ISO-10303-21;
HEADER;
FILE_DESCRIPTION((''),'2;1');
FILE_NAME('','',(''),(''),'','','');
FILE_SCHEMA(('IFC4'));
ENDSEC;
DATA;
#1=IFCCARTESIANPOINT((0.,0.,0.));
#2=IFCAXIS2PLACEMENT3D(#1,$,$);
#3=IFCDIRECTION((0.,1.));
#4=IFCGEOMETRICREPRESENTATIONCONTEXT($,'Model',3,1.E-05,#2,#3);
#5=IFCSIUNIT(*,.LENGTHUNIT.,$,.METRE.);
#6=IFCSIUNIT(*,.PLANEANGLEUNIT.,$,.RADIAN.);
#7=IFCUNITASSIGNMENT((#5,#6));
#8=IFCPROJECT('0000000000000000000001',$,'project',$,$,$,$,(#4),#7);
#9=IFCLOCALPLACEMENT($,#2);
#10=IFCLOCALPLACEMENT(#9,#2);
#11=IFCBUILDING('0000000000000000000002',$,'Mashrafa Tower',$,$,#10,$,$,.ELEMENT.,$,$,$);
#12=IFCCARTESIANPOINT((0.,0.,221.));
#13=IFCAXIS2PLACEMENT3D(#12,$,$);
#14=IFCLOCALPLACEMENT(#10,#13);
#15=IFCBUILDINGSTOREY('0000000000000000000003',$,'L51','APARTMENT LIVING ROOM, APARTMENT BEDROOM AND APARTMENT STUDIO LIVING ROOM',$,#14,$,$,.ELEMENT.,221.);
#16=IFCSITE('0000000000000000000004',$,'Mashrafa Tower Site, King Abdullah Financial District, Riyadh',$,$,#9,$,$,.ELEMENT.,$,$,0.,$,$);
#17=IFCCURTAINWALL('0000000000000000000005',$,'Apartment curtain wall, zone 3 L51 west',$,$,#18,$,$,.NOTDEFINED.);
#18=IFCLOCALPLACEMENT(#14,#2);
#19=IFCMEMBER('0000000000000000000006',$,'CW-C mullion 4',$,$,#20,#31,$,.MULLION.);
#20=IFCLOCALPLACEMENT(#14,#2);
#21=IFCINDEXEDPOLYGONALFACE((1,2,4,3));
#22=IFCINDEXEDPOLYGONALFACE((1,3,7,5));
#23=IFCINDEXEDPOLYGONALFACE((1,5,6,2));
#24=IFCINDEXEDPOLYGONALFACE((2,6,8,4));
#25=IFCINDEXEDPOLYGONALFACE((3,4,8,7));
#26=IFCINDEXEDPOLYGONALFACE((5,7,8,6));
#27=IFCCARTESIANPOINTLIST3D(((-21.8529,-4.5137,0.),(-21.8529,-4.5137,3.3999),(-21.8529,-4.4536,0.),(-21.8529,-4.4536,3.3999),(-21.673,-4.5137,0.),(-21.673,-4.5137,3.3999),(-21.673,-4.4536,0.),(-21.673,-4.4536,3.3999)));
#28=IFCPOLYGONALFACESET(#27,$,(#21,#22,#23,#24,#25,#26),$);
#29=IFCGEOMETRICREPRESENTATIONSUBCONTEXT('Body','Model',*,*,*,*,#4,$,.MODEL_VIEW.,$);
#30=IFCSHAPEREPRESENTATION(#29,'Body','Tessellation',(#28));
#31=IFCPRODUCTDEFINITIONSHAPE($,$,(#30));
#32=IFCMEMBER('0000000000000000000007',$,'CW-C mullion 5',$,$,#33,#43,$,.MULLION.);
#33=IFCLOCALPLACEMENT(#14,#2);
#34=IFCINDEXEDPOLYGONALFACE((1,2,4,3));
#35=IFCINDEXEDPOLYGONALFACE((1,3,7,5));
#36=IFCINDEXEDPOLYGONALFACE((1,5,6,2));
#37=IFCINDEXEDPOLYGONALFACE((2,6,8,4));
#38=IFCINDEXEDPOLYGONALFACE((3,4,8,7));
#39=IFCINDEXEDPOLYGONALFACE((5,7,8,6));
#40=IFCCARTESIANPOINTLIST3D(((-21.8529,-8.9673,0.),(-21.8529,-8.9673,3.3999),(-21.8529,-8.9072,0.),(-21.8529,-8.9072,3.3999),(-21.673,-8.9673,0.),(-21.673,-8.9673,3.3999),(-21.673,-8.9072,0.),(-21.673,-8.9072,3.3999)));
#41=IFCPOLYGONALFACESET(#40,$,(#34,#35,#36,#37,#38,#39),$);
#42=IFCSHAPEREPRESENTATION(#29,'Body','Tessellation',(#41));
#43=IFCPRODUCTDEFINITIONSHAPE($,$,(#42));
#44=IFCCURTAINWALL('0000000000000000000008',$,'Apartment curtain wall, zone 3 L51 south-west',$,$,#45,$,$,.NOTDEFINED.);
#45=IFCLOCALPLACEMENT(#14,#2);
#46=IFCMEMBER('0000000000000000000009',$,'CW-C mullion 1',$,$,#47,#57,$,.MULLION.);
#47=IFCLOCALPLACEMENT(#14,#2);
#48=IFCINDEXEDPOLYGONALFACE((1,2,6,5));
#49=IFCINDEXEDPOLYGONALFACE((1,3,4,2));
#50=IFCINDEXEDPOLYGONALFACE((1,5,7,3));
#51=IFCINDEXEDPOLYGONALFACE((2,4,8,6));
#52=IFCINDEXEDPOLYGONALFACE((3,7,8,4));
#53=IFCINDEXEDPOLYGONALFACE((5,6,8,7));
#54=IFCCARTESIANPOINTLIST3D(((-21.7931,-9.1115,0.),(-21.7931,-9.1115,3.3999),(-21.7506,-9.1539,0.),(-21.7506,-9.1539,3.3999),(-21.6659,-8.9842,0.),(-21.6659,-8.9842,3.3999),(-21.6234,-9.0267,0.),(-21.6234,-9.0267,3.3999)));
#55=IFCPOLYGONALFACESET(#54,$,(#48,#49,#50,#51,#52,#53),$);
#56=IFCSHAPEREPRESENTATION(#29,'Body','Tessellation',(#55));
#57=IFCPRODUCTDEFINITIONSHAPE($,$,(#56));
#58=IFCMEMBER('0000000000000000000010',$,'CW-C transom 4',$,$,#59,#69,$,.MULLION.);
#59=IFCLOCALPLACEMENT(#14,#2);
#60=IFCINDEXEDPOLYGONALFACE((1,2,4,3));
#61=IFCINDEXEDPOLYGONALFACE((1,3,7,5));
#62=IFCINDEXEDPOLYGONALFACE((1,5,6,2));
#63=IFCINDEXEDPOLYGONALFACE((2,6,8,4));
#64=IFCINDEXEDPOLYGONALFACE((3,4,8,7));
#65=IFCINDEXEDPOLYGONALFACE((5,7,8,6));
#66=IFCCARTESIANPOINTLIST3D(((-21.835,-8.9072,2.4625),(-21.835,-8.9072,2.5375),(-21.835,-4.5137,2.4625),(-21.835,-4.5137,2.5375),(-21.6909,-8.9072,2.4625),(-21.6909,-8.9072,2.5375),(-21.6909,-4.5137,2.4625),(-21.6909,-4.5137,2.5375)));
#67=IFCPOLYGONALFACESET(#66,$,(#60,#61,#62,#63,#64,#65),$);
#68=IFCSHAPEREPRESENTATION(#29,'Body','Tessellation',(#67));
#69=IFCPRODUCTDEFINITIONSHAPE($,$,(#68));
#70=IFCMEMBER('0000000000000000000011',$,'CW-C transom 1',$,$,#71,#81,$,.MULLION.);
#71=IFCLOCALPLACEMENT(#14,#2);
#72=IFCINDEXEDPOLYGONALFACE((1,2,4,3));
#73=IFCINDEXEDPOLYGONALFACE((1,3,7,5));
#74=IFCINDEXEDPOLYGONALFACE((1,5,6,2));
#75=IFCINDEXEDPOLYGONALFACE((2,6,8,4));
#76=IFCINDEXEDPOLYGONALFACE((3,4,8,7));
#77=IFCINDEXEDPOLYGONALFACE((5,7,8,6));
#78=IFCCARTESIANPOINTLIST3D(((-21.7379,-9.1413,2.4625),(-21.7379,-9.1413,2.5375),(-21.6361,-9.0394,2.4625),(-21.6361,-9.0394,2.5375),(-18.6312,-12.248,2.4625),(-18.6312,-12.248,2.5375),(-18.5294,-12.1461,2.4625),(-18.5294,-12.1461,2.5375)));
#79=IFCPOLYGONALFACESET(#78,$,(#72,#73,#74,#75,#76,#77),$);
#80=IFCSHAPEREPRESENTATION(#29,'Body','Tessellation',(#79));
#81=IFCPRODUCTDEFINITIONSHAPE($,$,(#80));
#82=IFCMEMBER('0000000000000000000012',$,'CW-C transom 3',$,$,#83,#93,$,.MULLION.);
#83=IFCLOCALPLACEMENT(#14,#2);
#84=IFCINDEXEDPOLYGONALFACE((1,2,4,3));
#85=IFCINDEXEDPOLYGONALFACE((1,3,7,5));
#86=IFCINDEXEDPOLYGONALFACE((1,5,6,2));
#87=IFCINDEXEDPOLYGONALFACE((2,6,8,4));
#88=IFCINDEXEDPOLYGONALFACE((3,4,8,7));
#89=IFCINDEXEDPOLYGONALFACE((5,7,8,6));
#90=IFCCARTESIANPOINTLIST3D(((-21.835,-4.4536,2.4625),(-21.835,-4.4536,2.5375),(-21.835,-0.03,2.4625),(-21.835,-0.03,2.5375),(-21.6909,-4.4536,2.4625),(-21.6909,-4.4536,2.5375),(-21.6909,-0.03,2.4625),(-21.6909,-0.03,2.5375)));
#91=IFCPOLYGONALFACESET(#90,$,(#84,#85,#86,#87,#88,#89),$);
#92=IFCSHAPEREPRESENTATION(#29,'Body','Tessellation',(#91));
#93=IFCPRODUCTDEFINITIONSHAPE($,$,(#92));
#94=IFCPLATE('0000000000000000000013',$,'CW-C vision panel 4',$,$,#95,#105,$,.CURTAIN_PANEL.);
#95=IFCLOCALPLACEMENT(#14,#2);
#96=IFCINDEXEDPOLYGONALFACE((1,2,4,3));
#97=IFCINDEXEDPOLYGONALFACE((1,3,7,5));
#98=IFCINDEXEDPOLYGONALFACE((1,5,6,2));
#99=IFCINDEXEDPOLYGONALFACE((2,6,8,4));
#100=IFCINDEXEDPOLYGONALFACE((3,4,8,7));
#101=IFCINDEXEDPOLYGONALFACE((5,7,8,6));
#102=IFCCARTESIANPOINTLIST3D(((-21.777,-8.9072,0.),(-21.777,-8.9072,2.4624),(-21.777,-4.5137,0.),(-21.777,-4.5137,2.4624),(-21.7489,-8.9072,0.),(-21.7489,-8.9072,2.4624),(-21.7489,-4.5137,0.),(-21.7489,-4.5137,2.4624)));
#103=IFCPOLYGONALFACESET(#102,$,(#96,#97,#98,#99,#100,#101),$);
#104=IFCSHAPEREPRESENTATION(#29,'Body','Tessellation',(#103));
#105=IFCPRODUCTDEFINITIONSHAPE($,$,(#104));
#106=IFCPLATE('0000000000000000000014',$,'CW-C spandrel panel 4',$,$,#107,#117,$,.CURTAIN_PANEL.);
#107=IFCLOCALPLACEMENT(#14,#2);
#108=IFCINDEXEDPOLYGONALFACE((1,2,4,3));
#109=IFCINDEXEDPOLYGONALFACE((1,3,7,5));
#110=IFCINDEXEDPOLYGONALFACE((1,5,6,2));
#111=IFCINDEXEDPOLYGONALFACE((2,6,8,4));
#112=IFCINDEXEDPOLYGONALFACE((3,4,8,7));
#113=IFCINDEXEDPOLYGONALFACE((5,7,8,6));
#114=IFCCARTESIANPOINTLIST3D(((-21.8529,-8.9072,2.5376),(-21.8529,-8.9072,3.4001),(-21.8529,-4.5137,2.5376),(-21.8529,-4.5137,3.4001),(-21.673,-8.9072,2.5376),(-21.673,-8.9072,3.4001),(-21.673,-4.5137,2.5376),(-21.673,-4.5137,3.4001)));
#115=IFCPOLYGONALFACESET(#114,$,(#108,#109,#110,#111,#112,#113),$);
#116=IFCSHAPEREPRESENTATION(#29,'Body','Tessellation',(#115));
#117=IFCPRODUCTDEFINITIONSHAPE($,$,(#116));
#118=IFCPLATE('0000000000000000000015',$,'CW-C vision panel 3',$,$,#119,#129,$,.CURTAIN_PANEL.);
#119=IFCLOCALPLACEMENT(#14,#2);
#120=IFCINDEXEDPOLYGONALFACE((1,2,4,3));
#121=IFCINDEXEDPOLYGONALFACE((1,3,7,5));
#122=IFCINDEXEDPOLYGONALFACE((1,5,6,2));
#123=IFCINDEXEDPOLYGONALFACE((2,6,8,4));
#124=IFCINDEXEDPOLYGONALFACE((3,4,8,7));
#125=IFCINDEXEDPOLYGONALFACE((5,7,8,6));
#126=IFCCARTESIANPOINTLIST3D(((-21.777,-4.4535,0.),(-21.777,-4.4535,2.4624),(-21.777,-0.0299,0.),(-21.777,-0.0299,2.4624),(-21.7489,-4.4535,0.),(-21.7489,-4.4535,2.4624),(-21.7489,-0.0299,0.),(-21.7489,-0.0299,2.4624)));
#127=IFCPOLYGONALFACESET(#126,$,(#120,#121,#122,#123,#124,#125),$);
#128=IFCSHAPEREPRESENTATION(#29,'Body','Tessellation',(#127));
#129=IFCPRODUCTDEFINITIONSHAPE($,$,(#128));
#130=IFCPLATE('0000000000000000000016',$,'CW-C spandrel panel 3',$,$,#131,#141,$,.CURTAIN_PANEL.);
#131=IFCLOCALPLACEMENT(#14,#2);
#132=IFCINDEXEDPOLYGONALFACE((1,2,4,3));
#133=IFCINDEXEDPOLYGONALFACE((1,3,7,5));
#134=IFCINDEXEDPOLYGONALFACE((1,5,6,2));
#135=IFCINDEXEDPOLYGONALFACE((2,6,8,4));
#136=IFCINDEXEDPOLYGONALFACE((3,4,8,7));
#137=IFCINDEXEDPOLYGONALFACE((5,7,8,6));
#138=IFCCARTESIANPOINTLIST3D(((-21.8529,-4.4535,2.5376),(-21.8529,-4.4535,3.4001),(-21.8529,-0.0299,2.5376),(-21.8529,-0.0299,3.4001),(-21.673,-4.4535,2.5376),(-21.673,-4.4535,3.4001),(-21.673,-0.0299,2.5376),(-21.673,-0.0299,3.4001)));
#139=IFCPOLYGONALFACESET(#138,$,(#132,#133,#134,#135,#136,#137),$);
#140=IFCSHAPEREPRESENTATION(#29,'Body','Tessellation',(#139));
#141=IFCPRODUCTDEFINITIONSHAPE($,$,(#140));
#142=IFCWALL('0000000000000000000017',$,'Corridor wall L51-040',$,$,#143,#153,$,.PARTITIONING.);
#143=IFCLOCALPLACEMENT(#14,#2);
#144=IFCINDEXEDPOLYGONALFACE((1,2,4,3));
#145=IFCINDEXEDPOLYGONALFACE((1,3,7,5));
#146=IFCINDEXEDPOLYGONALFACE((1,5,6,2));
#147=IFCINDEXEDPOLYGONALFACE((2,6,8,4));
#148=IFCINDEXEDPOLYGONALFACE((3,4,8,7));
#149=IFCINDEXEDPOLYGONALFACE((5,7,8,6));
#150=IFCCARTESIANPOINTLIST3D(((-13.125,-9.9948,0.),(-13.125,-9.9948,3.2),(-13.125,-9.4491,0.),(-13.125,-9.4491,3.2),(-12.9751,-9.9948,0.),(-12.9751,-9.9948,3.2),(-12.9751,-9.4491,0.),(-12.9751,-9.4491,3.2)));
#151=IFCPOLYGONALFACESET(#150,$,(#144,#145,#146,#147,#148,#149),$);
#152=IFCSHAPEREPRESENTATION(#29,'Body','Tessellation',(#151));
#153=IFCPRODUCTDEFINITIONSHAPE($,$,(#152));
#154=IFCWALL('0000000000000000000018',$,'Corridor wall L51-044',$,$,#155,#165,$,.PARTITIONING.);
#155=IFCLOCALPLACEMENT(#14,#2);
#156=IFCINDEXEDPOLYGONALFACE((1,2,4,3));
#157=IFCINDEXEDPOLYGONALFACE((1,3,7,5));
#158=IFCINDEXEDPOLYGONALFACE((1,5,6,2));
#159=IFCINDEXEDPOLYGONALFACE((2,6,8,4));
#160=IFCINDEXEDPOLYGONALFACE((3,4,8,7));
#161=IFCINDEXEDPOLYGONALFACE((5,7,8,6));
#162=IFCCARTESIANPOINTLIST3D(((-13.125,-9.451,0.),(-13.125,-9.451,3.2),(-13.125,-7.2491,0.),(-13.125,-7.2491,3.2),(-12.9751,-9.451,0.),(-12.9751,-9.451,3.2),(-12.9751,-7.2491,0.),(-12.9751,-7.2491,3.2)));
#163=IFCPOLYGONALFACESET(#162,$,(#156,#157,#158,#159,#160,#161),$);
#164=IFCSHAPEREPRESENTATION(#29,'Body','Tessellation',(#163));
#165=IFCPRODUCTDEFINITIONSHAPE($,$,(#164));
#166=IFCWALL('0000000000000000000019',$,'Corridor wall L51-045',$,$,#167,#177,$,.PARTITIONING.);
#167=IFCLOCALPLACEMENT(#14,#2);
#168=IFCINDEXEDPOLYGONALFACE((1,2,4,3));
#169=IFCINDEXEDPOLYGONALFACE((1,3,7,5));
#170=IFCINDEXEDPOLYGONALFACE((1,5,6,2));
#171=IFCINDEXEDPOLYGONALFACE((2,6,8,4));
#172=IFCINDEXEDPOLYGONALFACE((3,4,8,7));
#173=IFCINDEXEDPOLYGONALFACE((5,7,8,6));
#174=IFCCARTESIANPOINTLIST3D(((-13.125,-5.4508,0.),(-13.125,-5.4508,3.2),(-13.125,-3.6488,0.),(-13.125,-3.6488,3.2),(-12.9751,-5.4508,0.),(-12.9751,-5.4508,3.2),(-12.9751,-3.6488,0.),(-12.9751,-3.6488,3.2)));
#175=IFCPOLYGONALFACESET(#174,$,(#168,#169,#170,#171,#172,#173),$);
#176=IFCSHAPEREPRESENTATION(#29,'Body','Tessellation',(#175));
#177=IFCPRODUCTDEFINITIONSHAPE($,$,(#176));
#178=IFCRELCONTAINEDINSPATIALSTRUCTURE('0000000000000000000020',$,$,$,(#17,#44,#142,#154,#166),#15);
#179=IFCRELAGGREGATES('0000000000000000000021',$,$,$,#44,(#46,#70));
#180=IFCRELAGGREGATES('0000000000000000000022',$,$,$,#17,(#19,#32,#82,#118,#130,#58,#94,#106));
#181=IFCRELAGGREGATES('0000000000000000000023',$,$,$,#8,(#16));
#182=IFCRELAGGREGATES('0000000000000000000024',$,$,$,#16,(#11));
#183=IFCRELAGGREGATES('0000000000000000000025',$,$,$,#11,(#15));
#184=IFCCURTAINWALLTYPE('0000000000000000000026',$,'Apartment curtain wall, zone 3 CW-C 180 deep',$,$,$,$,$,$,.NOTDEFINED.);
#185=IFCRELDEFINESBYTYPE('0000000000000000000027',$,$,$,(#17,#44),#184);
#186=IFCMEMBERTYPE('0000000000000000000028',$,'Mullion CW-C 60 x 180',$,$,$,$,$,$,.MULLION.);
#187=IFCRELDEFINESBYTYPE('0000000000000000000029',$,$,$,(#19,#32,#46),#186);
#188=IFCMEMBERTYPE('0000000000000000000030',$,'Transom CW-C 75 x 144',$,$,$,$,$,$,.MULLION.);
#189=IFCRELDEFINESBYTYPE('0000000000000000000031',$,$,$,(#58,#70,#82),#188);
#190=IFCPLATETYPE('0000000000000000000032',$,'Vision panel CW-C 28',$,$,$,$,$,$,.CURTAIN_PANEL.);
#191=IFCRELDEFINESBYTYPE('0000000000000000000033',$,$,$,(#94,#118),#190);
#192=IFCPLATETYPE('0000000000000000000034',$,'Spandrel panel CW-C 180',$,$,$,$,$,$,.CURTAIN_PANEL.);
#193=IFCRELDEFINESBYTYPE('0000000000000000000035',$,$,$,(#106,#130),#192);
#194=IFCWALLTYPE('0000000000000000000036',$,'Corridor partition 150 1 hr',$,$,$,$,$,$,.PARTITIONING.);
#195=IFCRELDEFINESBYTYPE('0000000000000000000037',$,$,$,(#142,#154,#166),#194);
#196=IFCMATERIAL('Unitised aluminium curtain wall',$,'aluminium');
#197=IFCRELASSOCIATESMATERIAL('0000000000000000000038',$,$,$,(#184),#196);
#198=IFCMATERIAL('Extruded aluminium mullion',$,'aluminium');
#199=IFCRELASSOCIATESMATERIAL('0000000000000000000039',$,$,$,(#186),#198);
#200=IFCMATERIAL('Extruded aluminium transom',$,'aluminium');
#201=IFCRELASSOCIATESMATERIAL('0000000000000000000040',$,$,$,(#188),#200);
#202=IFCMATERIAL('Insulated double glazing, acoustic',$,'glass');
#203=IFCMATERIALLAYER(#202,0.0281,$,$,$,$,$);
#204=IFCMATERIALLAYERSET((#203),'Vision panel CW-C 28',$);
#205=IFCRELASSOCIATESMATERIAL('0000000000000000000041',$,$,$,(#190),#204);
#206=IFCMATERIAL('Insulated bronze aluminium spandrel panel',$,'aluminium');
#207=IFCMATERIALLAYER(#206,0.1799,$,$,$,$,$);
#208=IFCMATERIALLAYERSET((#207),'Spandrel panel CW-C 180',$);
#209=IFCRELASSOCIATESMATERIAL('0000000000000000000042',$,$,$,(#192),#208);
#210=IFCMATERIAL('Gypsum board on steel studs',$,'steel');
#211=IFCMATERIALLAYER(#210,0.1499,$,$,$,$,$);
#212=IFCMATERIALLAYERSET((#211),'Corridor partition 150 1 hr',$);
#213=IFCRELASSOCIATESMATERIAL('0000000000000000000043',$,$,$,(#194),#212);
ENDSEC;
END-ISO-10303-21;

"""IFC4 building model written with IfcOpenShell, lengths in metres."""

from ifc_helpers import new_model, si_unit, direction, frame, frame_2d, origin, origin_2d, place, context, subcontext, project, spatial, rectangle, extrude, source, transform, mapped, material, layer, layer_set, material_profile, profile_set, type_object, type_shapes, element, aggregate, save


model = new_model("IFC4")

# Units and contexts
model_context = context("Model", 3, precision=1e-05, world=origin(), true_north=direction((0.0, 1.0)))
body_context = subcontext(model_context, "Body", "Model", "MODEL_VIEW")
ifc_project = project(units=[si_unit("LENGTHUNIT", "METRE"), si_unit("PLANEANGLEUNIT", "RADIAN")], contexts=[model_context])

# Site, building, storey
site_placement = place(None, origin())
site = spatial("IfcSite", under=ifc_project, at=site_placement, Name="Mashrafa Tower Site, King Abdullah Financial District, Riyadh", CompositionType="ELEMENT", RefElevation=0.0)
building_placement = place(site_placement, origin())
building = spatial("IfcBuilding", under=site, at=building_placement, Name="Mashrafa Tower", CompositionType="ELEMENT")
storey_placement = place(building_placement, frame((0.0, 0.0, 221.0)))
storey = spatial("IfcBuildingStorey", under=building, at=storey_placement, Name="L51", Description="APARTMENT LIVING ROOM, APARTMENT BEDROOM AND APARTMENT STUDIO LIVING ROOM", CompositionType="ELEMENT", Elevation=221.0)

# Curtain wall, members
ifc_material_1 = material(Name="Unitised aluminium curtain wall", Category="aluminium")
curtain_wall_type = type_object("IfcCurtainWallType", Name="Apartment curtain wall, zone 3 CW-C 180 deep", PredefinedType="NOTDEFINED", material=ifc_material_1)
curtain_wall_1_placement = place(storey_placement, origin())
curtain_wall_1 = element("IfcCurtainWall", 1, at=curtain_wall_1_placement, inside=storey, type_object=curtain_wall_type, Name="Apartment curtain wall, zone 3 L51 west", PredefinedType="NOTDEFINED")
ifc_material_2 = material(Name="Extruded aluminium mullion", Category="aluminium")
ifc_material_profile_1 = material_profile(ifc_material_2, rectangle(XDim=0.1799, YDim=0.0601, at=origin_2d()), Name="Mullion 60x180")
ifc_profile_set_1 = profile_set([ifc_material_profile_1], Name="Extruded aluminium mullion")
member_type_1 = type_object("IfcMemberType", Name="Mullion CW-C 60 x 180", PredefinedType="MULLION", material=ifc_profile_set_1)
shared_shape_1 = source(origin(), body_context, "Body", "SweptSolid", [
    extrude(rectangle(XDim=0.1799, YDim=0.0601, at=origin_2d()), origin(), (0.0, 0.0, 1.0), 3.3999),
])
type_shapes(member_type_1, [shared_shape_1])
member_1_placement = place(storey_placement, frame((-21.7629, -4.4836, 0.0), z_axis=(0.0, 0.0, 1.0), x_axis=(1.0, 0.0, 0.0)))
member_1 = element("IfcMember", 2, at=member_1_placement, type_object=member_type_1, Name="CW-C mullion 4", PredefinedType="MULLION", context=body_context, shape_type="MappedRepresentation", body=[
    mapped(shared_shape_1, transform((0.0, 0.0, 0.0))),
])
member_2_placement = place(storey_placement, frame((-21.7629, -8.9373, 0.0), z_axis=(0.0, 0.0, 1.0), x_axis=(1.0, 0.0, 0.0)))
member_2 = element("IfcMember", 3, at=member_2_placement, type_object=member_type_1, Name="CW-C mullion 5", PredefinedType="MULLION", context=body_context, shape_type="MappedRepresentation", body=[
    mapped(shared_shape_1, transform((0.0, 0.0, 0.0))),
])

# Curtain wall, member
curtain_wall_2_placement = place(storey_placement, origin())
curtain_wall_2 = element("IfcCurtainWall", 4, at=curtain_wall_2_placement, inside=storey, type_object=curtain_wall_type, Name="Apartment curtain wall, zone 3 L51 south-west", PredefinedType="NOTDEFINED")
member_3_placement = place(storey_placement, frame((-21.7083, -9.0691, 0.0), z_axis=(0.0, 0.0, 1.0), x_axis=(0.707107, 0.707107, 0.0)))
member_3 = element("IfcMember", 5, at=member_3_placement, type_object=member_type_1, Name="CW-C mullion 1", PredefinedType="MULLION", context=body_context, shape_type="MappedRepresentation", body=[
    mapped(shared_shape_1, transform((0.0, 0.0, 0.0))),
])

# Members
ifc_material_3 = material(Name="Extruded aluminium transom", Category="aluminium")
ifc_material_profile_2 = material_profile(ifc_material_3, rectangle(XDim=0.144, YDim=0.075, at=origin_2d()), Name="Transom 75x144")
ifc_profile_set_2 = profile_set([ifc_material_profile_2], Name="Extruded aluminium transom")
member_type_2 = type_object("IfcMemberType", Name="Transom CW-C 75 x 144", PredefinedType="MULLION", material=ifc_profile_set_2)
shared_shape_2 = source(origin(), body_context, "Body", "SweptSolid", [
    extrude(rectangle(XDim=0.144, YDim=0.075, at=origin_2d()), origin(), (0.0, 0.0, 1.0), 4.3936),
])
member_4_placement = place(storey_placement, frame((-21.7629, -4.5137, 2.5), z_axis=(0.0, -1.0, 0.0), x_axis=(1.0, 0.0, 0.0)))
member_4 = element("IfcMember", 6, at=member_4_placement, type_object=member_type_2, Name="CW-C transom 4", PredefinedType="MULLION", context=body_context, shape_type="MappedRepresentation", body=[
    mapped(shared_shape_2, transform((0.0, 0.0, 0.0))),
])
member_5_placement = place(storey_placement, frame((-21.687, -9.0903, 2.5), z_axis=(0.707107, -0.707107, 0.0), x_axis=(0.707107, 0.707107, 0.0)))
member_5 = element("IfcMember", 7, at=member_5_placement, type_object=member_type_2, Name="CW-C transom 1", PredefinedType="MULLION", context=body_context, shape_type="MappedRepresentation", body=[
    mapped(shared_shape_2, transform((0.0, 0.0, 0.0))),
])
aggregate(curtain_wall_2, [member_3, member_5])
shared_shape_3 = source(origin(), body_context, "Body", "SweptSolid", [
    extrude(rectangle(XDim=0.144, YDim=0.075, at=origin_2d()), origin(), (0.0, 0.0, 1.0), 4.4236),
])
type_shapes(member_type_2, [shared_shape_2, shared_shape_3])
member_6_placement = place(storey_placement, frame((-21.7629, -0.03, 2.5), z_axis=(0.0, -1.0, 0.0), x_axis=(1.0, 0.0, 0.0)))
member_6 = element("IfcMember", 8, at=member_6_placement, type_object=member_type_2, Name="CW-C transom 3", PredefinedType="MULLION", context=body_context, shape_type="MappedRepresentation", body=[
    mapped(shared_shape_3, transform((0.0, 0.0, 0.0))),
])

# Plates
ifc_material_4 = material(Name="Insulated double glazing, acoustic", Category="glass")
ifc_layer_1 = layer(ifc_material_4, 0.0281)
ifc_layer_set_1 = layer_set([ifc_layer_1], Name="Vision panel CW-C 28")
plate_type_1 = type_object("IfcPlateType", Name="Vision panel CW-C 28", PredefinedType="CURTAIN_PANEL", material=ifc_layer_set_1)
shared_shape_4 = source(origin(), body_context, "Body", "SweptSolid", [
    extrude(rectangle(XDim=4.3936, YDim=0.0281, at=origin_2d()), origin(), (0.0, 0.0, 1.0), 2.4624),
])
plate_1_placement = place(storey_placement, frame((-21.7629, -6.7104, 0.0), z_axis=(0.0, 0.0, 1.0), x_axis=(0.0, -1.0, 0.0)))
plate_1 = element("IfcPlate", 9, at=plate_1_placement, type_object=plate_type_1, Name="CW-C vision panel 4", PredefinedType="CURTAIN_PANEL", context=body_context, shape_type="MappedRepresentation", body=[
    mapped(shared_shape_4, transform((0.0, 0.0, 0.0))),
])
ifc_material_5 = material(Name="Insulated bronze aluminium spandrel panel", Category="aluminium")
ifc_layer_2 = layer(ifc_material_5, 0.1799)
ifc_layer_set_2 = layer_set([ifc_layer_2], Name="Spandrel panel CW-C 180")
plate_type_2 = type_object("IfcPlateType", Name="Spandrel panel CW-C 180", PredefinedType="CURTAIN_PANEL", material=ifc_layer_set_2)
shared_shape_5 = source(origin(), body_context, "Body", "SweptSolid", [
    extrude(rectangle(XDim=4.3936, YDim=0.1799, at=origin_2d()), origin(), (0.0, 0.0, 1.0), 0.8625),
])
plate_2_placement = place(storey_placement, frame((-21.7629, -6.7104, 2.5376), z_axis=(0.0, 0.0, 1.0), x_axis=(0.0, -1.0, 0.0)))
plate_2 = element("IfcPlate", 10, at=plate_2_placement, type_object=plate_type_2, Name="CW-C spandrel panel 4", PredefinedType="CURTAIN_PANEL", context=body_context, shape_type="MappedRepresentation", body=[
    mapped(shared_shape_5, transform((0.0, 0.0, 0.0))),
])
shared_shape_6 = source(origin(), body_context, "Body", "SweptSolid", [
    extrude(rectangle(XDim=4.4236, YDim=0.0281, at=origin_2d()), origin(), (0.0, 0.0, 1.0), 2.4624),
])
type_shapes(plate_type_1, [shared_shape_4, shared_shape_6])
plate_3_placement = place(storey_placement, frame((-21.7629, -2.2417, 0.0), z_axis=(0.0, 0.0, 1.0), x_axis=(0.0, -1.0, 0.0)))
plate_3 = element("IfcPlate", 11, at=plate_3_placement, type_object=plate_type_1, Name="CW-C vision panel 3", PredefinedType="CURTAIN_PANEL", context=body_context, shape_type="MappedRepresentation", body=[
    mapped(shared_shape_6, transform((0.0, 0.0, 0.0))),
])
shared_shape_7 = source(origin(), body_context, "Body", "SweptSolid", [
    extrude(rectangle(XDim=4.4236, YDim=0.1799, at=origin_2d()), origin(), (0.0, 0.0, 1.0), 0.8625),
])
type_shapes(plate_type_2, [shared_shape_5, shared_shape_7])
plate_4_placement = place(storey_placement, frame((-21.7629, -2.2417, 2.5376), z_axis=(0.0, 0.0, 1.0), x_axis=(0.0, -1.0, 0.0)))
plate_4 = element("IfcPlate", 12, at=plate_4_placement, type_object=plate_type_2, Name="CW-C spandrel panel 3", PredefinedType="CURTAIN_PANEL", context=body_context, shape_type="MappedRepresentation", body=[
    mapped(shared_shape_7, transform((0.0, 0.0, 0.0))),
])
aggregate(curtain_wall_1, [member_1, member_2, member_6, plate_3, plate_4, member_4, plate_1, plate_2])

# Walls
ifc_material_6 = material(Name="Gypsum board on steel studs", Category="steel")
ifc_layer_3 = layer(ifc_material_6, 0.1499)
ifc_layer_set_3 = layer_set([ifc_layer_3], Name="Corridor partition 150 1 hr")
wall_type_1 = type_object("IfcWallType", Name="Corridor partition 150 1 hr", PredefinedType="PARTITIONING", material=ifc_layer_set_3)
wall_1_placement = place(storey_placement, frame((-13.05, -9.449, 0.0), z_axis=(0.0, 0.0, 1.0), x_axis=(0.0, -1.0, 0.0)))
element("IfcWall", 13, at=wall_1_placement, inside=storey, type_object=wall_type_1, Name="Corridor wall L51-040", PredefinedType="PARTITIONING", context=body_context, shape_type="SweptSolid", body=[
    extrude(rectangle(XDim=0.5457, YDim=0.1499, at=frame_2d((0.2729, 0.0))), origin(), (0.0, 0.0, 1.0), 3.2),
])
wall_2_placement = place(storey_placement, frame((-13.05, -7.249, 0.0), z_axis=(0.0, 0.0, 1.0), x_axis=(0.0, -1.0, 0.0)))
element("IfcWall", 14, at=wall_2_placement, inside=storey, type_object=wall_type_1, Name="Corridor wall L51-044", PredefinedType="PARTITIONING", context=body_context, shape_type="SweptSolid", body=[
    extrude(rectangle(XDim=2.2019, YDim=0.1499, at=frame_2d((1.1011, 0.0))), origin(), (0.0, 0.0, 1.0), 3.2),
])
wall_3_placement = place(storey_placement, frame((-13.05, -3.6489, 0.0), z_axis=(0.0, 0.0, 1.0), x_axis=(0.0, -1.0, 0.0)))
element("IfcWall", 15, at=wall_3_placement, inside=storey, type_object=wall_type_1, Name="Corridor wall L51-045", PredefinedType="PARTITIONING", context=body_context, shape_type="SweptSolid", body=[
    extrude(rectangle(XDim=1.802, YDim=0.1499, at=frame_2d((0.9009, 0.0))), origin(), (0.0, 0.0, 1.0), 3.2),
])

save(model, "model.ifc")
